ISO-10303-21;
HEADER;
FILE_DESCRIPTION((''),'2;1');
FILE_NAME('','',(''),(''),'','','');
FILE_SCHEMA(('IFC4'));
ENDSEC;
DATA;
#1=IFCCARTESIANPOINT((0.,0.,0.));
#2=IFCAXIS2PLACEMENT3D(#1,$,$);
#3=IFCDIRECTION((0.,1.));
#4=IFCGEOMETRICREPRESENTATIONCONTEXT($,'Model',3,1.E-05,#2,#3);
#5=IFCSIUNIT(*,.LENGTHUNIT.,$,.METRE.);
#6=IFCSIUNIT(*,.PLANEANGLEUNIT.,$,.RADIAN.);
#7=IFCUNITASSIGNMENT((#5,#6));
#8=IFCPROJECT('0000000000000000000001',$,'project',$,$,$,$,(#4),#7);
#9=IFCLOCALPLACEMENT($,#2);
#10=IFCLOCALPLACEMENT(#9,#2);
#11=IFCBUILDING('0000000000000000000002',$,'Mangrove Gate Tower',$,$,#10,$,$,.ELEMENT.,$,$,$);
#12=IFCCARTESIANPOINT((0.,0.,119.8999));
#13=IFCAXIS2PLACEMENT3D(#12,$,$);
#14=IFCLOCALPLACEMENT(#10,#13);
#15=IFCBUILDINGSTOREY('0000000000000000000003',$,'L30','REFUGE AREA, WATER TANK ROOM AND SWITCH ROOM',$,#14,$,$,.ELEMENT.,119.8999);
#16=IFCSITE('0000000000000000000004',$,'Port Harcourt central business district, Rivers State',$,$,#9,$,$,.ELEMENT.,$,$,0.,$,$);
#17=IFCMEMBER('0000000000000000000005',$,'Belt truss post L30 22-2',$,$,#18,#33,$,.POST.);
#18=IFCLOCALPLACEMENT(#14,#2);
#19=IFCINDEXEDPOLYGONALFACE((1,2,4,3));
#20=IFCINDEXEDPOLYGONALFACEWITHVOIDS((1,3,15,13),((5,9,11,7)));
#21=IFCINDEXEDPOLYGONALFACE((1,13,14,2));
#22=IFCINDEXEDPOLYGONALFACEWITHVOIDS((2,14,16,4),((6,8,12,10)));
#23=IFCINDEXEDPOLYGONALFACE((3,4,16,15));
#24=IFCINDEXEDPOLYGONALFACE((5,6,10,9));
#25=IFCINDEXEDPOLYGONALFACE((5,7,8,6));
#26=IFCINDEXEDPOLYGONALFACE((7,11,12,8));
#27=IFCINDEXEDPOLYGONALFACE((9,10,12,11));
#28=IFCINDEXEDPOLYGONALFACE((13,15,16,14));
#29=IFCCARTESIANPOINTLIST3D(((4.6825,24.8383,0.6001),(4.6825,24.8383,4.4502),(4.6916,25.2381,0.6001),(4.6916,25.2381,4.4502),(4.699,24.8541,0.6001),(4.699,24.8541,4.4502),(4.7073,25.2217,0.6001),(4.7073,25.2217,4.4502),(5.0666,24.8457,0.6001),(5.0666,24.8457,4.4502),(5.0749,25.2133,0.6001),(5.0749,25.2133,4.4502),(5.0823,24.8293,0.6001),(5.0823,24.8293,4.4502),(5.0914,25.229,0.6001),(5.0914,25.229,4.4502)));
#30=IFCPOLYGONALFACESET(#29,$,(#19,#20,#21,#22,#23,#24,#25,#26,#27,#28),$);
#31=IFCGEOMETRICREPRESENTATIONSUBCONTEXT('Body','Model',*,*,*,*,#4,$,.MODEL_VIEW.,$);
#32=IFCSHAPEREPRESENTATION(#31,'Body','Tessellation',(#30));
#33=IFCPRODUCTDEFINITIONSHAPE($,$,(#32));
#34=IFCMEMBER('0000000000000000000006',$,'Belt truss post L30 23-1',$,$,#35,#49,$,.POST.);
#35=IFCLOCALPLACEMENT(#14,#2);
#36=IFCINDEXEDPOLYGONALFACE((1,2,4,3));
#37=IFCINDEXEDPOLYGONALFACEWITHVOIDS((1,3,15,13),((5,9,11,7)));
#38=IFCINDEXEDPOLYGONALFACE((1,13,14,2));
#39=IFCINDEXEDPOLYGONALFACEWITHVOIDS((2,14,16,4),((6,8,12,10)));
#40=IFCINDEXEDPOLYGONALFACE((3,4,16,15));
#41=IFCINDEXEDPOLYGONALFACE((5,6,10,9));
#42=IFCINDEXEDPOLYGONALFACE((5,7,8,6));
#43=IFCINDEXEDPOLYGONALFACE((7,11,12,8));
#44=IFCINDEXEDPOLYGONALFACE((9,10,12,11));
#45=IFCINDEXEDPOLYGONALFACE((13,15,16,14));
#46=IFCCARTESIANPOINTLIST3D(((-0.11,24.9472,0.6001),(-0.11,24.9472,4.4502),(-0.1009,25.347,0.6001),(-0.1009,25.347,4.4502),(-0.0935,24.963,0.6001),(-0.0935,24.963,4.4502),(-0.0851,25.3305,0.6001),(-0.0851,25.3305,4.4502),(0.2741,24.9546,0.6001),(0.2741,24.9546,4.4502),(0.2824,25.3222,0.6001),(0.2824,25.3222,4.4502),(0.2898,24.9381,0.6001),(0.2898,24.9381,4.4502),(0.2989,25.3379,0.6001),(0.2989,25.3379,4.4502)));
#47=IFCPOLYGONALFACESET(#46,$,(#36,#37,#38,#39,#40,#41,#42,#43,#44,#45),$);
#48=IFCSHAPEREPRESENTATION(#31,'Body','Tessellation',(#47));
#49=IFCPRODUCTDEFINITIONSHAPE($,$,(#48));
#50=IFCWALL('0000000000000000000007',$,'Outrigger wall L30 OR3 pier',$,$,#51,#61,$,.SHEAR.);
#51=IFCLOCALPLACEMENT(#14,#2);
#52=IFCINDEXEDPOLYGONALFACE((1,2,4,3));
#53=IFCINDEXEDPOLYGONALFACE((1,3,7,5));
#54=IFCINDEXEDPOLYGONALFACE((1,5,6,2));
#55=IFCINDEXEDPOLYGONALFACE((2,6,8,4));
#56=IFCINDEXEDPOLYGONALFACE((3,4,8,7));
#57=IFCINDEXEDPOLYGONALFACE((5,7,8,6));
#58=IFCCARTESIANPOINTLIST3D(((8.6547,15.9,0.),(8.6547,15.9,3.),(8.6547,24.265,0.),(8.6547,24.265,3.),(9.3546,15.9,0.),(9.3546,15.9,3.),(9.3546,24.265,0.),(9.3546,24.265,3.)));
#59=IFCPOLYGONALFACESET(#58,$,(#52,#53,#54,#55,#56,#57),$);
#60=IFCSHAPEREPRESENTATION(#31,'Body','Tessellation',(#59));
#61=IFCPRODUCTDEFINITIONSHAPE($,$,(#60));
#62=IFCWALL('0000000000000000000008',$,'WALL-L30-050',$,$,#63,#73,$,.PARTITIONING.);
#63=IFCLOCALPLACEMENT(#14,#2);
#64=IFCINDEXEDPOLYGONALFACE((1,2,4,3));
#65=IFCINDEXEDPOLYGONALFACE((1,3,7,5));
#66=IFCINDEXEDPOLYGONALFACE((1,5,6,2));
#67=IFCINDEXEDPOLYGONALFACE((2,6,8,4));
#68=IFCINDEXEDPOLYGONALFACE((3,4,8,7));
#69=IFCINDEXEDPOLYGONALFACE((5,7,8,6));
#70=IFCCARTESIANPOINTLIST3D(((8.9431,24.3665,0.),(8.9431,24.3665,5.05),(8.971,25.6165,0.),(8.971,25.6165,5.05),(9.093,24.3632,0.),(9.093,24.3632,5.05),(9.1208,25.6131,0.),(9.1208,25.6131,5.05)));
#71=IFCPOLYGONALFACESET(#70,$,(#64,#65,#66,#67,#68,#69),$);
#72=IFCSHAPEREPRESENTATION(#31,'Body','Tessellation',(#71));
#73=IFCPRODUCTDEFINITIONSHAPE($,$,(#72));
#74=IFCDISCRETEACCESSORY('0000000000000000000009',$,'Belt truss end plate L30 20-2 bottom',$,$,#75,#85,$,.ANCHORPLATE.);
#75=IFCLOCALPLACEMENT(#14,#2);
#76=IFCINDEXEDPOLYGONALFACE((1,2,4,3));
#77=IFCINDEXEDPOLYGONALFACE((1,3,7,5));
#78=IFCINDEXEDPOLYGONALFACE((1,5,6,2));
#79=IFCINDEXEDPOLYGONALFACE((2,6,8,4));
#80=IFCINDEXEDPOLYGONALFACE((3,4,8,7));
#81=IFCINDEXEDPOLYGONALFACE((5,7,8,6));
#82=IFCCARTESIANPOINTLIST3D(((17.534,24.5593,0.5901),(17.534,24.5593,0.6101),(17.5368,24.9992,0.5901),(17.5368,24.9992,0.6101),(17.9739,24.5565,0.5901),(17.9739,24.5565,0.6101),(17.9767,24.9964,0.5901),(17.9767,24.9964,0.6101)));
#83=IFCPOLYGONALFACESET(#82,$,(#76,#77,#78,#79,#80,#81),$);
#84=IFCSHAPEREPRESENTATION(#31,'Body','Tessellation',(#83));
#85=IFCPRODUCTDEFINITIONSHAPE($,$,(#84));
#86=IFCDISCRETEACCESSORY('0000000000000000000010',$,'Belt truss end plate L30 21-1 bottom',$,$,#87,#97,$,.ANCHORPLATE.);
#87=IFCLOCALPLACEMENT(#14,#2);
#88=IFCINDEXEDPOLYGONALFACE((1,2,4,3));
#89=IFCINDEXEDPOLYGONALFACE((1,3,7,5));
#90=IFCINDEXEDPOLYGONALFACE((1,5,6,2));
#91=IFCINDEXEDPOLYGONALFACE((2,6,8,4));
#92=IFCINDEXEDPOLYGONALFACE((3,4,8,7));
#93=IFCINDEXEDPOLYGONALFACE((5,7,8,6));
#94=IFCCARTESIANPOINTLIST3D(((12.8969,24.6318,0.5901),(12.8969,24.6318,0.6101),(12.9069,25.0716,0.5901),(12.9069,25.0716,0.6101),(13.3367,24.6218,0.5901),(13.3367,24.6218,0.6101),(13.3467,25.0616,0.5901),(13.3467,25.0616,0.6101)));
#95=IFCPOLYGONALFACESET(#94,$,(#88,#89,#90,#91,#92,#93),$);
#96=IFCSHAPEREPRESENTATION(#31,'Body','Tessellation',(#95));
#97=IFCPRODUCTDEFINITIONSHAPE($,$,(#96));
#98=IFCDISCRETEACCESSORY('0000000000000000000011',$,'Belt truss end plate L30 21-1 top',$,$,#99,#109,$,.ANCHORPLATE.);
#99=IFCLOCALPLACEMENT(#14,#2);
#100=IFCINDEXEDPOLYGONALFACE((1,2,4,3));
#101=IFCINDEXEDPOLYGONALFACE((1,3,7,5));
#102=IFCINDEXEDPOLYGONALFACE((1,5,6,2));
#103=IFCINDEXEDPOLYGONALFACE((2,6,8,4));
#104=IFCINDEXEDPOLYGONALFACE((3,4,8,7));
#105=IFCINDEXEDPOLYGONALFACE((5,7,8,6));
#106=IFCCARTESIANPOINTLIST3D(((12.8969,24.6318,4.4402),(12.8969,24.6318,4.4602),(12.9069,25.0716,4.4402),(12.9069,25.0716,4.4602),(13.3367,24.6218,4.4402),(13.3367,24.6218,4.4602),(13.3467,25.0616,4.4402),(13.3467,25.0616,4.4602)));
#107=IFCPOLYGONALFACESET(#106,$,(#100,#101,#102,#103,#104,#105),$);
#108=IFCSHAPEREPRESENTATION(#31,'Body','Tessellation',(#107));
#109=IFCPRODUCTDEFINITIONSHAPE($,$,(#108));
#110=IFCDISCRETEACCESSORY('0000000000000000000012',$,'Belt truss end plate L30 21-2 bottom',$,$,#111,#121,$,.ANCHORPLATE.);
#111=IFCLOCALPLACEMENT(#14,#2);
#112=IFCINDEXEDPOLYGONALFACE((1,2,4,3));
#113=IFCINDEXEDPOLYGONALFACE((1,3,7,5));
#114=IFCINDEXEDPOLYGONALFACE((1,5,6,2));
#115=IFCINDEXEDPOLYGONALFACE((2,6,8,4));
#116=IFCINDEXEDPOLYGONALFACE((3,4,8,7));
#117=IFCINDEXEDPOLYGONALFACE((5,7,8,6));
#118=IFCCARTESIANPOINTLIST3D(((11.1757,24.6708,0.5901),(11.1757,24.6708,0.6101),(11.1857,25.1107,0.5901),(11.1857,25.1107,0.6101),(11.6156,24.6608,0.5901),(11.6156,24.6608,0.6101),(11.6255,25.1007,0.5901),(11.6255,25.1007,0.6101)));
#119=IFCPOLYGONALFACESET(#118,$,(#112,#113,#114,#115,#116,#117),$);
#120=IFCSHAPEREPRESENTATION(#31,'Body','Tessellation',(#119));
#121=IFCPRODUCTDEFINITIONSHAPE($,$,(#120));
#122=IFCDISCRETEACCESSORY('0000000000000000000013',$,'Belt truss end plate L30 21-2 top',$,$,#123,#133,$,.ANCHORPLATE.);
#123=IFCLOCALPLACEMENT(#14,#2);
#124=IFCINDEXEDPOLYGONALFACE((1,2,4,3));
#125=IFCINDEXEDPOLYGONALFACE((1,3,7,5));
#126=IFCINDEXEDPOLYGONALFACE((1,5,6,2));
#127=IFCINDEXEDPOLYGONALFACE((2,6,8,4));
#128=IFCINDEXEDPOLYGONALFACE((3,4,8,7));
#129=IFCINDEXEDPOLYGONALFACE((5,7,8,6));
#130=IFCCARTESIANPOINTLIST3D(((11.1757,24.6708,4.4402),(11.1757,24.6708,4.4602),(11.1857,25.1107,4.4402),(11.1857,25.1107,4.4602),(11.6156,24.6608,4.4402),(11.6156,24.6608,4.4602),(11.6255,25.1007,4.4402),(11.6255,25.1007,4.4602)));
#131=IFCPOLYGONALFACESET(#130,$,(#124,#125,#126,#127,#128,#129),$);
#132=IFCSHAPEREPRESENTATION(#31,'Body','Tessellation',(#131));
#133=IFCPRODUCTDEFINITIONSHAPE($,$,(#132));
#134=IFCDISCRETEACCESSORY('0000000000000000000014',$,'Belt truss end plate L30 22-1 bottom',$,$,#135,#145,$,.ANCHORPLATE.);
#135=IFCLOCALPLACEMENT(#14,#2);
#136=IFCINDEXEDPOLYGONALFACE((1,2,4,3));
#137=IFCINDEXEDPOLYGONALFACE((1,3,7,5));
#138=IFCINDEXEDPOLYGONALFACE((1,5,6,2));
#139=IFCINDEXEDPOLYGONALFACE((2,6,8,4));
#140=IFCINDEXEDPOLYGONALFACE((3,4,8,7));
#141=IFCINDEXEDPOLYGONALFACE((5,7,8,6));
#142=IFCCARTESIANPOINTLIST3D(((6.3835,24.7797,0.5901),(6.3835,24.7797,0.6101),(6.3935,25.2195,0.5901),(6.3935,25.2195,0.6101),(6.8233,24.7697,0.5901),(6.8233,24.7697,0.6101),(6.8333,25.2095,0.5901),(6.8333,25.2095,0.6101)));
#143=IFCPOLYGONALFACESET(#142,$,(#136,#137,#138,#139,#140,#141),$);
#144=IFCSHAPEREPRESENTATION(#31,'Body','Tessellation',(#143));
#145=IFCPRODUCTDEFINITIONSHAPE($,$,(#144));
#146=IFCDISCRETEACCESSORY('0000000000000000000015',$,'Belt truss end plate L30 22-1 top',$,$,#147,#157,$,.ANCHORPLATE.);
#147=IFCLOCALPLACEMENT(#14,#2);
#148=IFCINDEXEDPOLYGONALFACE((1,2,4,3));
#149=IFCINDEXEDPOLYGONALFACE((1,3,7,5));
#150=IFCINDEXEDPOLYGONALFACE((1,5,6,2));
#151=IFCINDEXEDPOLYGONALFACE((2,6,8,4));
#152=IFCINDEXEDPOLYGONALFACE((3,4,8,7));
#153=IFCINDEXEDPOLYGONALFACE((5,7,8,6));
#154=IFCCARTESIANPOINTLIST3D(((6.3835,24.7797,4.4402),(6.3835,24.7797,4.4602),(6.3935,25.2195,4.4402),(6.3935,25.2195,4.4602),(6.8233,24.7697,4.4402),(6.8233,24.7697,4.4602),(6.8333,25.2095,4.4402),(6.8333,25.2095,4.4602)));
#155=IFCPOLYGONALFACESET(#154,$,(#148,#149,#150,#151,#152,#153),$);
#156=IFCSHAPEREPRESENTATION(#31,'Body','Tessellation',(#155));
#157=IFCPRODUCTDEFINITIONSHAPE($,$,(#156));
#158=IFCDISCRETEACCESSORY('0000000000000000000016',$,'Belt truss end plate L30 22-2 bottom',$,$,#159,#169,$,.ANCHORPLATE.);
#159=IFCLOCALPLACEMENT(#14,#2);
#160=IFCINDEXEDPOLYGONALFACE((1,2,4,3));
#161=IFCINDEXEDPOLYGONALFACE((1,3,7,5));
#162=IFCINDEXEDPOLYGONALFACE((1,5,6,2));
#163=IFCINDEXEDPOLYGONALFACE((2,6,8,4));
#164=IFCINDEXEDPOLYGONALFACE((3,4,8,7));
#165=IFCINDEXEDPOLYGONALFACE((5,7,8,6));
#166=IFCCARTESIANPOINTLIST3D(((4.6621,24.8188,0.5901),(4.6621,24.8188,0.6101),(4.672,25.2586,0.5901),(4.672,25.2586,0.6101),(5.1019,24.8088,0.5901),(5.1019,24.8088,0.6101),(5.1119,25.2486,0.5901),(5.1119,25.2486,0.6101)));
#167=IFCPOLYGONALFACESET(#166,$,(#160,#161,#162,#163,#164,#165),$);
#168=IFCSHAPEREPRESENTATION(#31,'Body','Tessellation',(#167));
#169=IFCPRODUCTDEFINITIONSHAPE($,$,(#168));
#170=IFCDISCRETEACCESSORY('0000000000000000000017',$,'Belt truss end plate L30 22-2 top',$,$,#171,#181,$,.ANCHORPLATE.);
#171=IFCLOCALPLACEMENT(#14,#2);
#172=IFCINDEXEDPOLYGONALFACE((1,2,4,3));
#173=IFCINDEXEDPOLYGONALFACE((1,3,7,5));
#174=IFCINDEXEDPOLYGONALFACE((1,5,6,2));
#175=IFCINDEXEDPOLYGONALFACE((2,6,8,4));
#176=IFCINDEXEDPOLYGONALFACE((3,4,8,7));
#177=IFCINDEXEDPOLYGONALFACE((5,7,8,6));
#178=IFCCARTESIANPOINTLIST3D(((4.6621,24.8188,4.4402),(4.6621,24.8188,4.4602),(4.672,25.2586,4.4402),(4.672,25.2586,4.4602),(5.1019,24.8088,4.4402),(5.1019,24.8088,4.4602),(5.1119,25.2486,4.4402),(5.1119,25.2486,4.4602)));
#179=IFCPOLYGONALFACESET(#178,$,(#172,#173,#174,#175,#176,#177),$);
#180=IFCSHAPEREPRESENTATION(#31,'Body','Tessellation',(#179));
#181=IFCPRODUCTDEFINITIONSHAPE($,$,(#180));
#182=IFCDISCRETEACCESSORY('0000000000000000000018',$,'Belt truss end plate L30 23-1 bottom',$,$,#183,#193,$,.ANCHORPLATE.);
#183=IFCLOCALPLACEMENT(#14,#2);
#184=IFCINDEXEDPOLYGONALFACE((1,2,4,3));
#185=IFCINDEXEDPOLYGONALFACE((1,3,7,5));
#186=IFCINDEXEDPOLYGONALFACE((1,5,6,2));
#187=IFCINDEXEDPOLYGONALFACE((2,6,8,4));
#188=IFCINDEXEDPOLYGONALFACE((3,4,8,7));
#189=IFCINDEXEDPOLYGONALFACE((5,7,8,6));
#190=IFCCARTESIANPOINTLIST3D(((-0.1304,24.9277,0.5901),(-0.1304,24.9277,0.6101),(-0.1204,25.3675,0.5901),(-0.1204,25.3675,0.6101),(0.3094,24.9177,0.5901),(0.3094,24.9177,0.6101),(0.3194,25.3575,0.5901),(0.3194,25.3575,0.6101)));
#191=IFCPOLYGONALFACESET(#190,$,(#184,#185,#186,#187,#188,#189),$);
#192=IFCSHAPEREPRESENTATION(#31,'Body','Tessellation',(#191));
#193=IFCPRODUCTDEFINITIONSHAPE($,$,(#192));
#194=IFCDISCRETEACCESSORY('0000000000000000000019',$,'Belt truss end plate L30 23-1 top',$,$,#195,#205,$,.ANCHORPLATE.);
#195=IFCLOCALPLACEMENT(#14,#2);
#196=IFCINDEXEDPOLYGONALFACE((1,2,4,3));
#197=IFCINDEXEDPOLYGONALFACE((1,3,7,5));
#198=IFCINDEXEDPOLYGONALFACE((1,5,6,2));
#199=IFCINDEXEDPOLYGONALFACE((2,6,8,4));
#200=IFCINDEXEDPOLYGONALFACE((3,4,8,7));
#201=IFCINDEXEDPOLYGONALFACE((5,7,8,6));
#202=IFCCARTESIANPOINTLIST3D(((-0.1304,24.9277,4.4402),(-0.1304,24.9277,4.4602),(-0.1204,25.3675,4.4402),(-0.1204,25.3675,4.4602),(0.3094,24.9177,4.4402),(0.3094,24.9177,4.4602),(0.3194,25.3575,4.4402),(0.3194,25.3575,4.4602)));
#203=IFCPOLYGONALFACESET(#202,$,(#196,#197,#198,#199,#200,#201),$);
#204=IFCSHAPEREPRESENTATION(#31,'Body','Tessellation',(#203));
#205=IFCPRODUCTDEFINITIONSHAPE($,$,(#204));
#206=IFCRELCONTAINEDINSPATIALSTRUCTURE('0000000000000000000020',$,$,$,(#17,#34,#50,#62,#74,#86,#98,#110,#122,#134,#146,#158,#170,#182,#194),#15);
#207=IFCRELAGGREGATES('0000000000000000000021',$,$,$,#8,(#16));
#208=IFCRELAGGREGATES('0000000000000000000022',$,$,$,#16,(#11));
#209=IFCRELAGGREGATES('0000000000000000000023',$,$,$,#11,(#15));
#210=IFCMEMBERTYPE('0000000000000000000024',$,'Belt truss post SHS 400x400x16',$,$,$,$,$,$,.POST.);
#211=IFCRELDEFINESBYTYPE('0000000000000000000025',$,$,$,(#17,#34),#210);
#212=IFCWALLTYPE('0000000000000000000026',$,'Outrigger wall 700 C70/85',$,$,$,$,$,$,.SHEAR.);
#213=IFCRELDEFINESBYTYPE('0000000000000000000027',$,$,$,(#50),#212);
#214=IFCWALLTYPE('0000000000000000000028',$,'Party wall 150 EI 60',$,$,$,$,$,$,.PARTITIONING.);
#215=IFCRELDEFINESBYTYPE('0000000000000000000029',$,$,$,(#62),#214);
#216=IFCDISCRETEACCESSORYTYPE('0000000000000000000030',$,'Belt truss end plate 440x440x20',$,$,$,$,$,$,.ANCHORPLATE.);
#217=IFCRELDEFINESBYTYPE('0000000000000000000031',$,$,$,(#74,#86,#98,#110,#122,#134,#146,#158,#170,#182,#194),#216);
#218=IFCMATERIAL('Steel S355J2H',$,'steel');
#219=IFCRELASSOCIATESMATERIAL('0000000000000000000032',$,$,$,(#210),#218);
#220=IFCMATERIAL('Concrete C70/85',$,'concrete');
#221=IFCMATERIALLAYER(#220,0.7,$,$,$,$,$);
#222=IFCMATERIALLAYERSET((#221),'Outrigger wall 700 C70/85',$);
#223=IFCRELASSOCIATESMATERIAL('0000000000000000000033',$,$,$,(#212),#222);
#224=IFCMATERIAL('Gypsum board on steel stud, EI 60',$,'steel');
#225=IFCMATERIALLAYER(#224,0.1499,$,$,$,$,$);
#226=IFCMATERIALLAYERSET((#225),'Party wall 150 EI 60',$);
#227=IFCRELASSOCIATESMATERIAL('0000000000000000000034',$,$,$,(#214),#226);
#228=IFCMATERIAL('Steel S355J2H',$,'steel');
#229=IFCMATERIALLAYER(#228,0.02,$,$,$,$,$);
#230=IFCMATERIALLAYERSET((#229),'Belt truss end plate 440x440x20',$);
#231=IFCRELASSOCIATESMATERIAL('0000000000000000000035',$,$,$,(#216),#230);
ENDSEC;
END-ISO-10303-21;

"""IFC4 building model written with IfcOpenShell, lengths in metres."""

from ifc_helpers import new_model, si_unit, direction, frame, frame_2d, origin, origin_2d, place, context, subcontext, project, spatial, rectangle, hollow_rectangle, extrude, material, layer, layer_set, material_profile, profile_set, type_object, element, save


model = new_model("IFC4")

# Units and contexts
model_context = context("Model", 3, precision=1e-05, world=origin(), true_north=direction((0.0, 1.0)))
body_context = subcontext(model_context, "Body", "Model", "MODEL_VIEW")
ifc_project = project(units=[si_unit("LENGTHUNIT", "METRE"), si_unit("PLANEANGLEUNIT", "RADIAN")], contexts=[model_context])

# Site, building, storey
site_placement = place(None, origin())
site = spatial("IfcSite", under=ifc_project, at=site_placement, Name="Port Harcourt central business district, Rivers State", CompositionType="ELEMENT", RefElevation=0.0)
building_placement = place(site_placement, origin())
building = spatial("IfcBuilding", under=site, at=building_placement, Name="Mangrove Gate Tower", CompositionType="ELEMENT")
storey_placement = place(building_placement, frame((0.0, 0.0, 119.8999)))
storey = spatial("IfcBuildingStorey", under=building, at=storey_placement, Name="L30", Description="REFUGE AREA, WATER TANK ROOM AND SWITCH ROOM", CompositionType="ELEMENT", Elevation=119.8999)

# Members
ifc_material_1 = material(Name="Steel S355J2H", Category="steel")
ifc_material_profile_1 = material_profile(ifc_material_1, hollow_rectangle(XDim=0.3999, YDim=0.3999, WallThickness=0.0161, at=origin_2d()))
ifc_profile_set_1 = profile_set([ifc_material_profile_1], Name="Steel S355J2H")
member_type_1 = type_object("IfcMemberType", Name="Belt truss post SHS 400x400x16", PredefinedType="POST", material=ifc_profile_set_1)
for number, where, z_axis, x_axis, name in (
    (1, (4.887, 25.0337, 0.6001), (0.0, 0.0, 1.0), (-0.999742, 0.022714, 0.0), "Belt truss post L30 22-2"),
    (2, (0.0945, 25.1426, 0.6001), (0.0, 0.0, 1.0), (-0.999742, 0.022714, 0.0), "Belt truss post L30 23-1"),
):
    element("IfcMember", number, at=place(storey_placement, frame(where, z_axis=z_axis, x_axis=x_axis)), inside=storey, type_object=member_type_1, Name=name, PredefinedType="POST", context=body_context, shape_type="SweptSolid", body=[
        extrude(hollow_rectangle(XDim=0.3999, YDim=0.3999, WallThickness=0.0161, at=origin_2d()), origin(), (0.0, 0.0, 1.0), 3.8501),
    ])

# Walls
ifc_material_2 = material(Name="Concrete C70/85", Category="concrete")
ifc_layer_1 = layer(ifc_material_2, 0.7)
ifc_layer_set_1 = layer_set([ifc_layer_1], Name="Outrigger wall 700 C70/85")
wall_type_1 = type_object("IfcWallType", Name="Outrigger wall 700 C70/85", PredefinedType="SHEAR", material=ifc_layer_set_1)
wall_1_placement = place(storey_placement, frame((9.0046, 15.8999, 0.0), z_axis=(0.0, 0.0, 1.0), x_axis=(0.0, 1.0, 0.0)))
element("IfcWall", 3, at=wall_1_placement, inside=storey, type_object=wall_type_1, Name="Outrigger wall L30 OR3 pier", PredefinedType="SHEAR", context=body_context, shape_type="SweptSolid", body=[
    extrude(rectangle(XDim=8.365, YDim=0.7, at=frame_2d((4.1826, 0.0))), origin(), (0.0, 0.0, 1.0), 3.0),
])
ifc_material_3 = material(Name="Gypsum board on steel stud, EI 60", Category="steel")
ifc_layer_2 = layer(ifc_material_3, 0.1499)
ifc_layer_set_2 = layer_set([ifc_layer_2], Name="Party wall 150 EI 60")
wall_type_2 = type_object("IfcWallType", Name="Party wall 150 EI 60", PredefinedType="PARTITIONING", material=ifc_layer_set_2)
wall_2_placement = place(storey_placement, frame((9.0181, 24.365, 0.0), z_axis=(0.0, 0.0, 1.0), x_axis=(0.02226, 0.999752, 0.0)))
element("IfcWall", 4, at=wall_2_placement, inside=storey, type_object=wall_type_2, Name="WALL-L30-050", PredefinedType="PARTITIONING", context=body_context, shape_type="SweptSolid", body=[
    extrude(rectangle(XDim=1.2502, YDim=0.1499, at=frame_2d((0.625, 0.0))), origin(), (0.0, 0.0, 1.0), 5.05),
])

# Discrete accessories
ifc_material_4 = material(Name="Steel S355J2H", Category="steel")
ifc_layer_3 = layer(ifc_material_4, 0.02)
ifc_layer_set_3 = layer_set([ifc_layer_3], Name="Belt truss end plate 440x440x20")
discrete_accessory_type = type_object("IfcDiscreteAccessoryType", Name="Belt truss end plate 440x440x20", PredefinedType="ANCHORPLATE", material=ifc_layer_set_3)
for number, where, z_axis, x_axis, name in (
    (5, (17.7554, 24.7778, 0.5901), (0.0, 0.0, 1.0), (-0.99998, 0.006374, 0.0), "Belt truss end plate L30 20-2 bottom"),
    (6, (13.1218, 24.8467, 0.5901), (0.0, 0.0, 1.0), (-0.999742, 0.022718, 0.0), "Belt truss end plate L30 21-1 bottom"),
    (7, (13.1218, 24.8467, 4.4402), (0.0, 0.0, 1.0), (-0.999742, 0.022718, 0.0), "Belt truss end plate L30 21-1 top"),
    (8, (11.4006, 24.8857, 0.5901), (0.0, 0.0, 1.0), (-0.999742, 0.022718, 0.0), "Belt truss end plate L30 21-2 bottom"),
    (9, (11.4006, 24.8857, 4.4402), (0.0, 0.0, 1.0), (-0.999742, 0.022718, 0.0), "Belt truss end plate L30 21-2 top"),
    (10, (6.6084, 24.9946, 0.5901), (0.0, 0.0, 1.0), (-0.999742, 0.022714, 0.0), "Belt truss end plate L30 22-1 bottom"),
    (11, (6.6084, 24.9946, 4.4402), (0.0, 0.0, 1.0), (-0.999742, 0.022714, 0.0), "Belt truss end plate L30 22-1 top"),
    (12, (4.887, 25.0337, 0.5901), (0.0, 0.0, 1.0), (-0.999742, 0.022714, 0.0), "Belt truss end plate L30 22-2 bottom"),
    (13, (4.887, 25.0337, 4.4402), (0.0, 0.0, 1.0), (-0.999742, 0.022714, 0.0), "Belt truss end plate L30 22-2 top"),
    (14, (0.0945, 25.1426, 0.5901), (0.0, 0.0, 1.0), (-0.999742, 0.022714, 0.0), "Belt truss end plate L30 23-1 bottom"),
    (15, (0.0945, 25.1426, 4.4402), (0.0, 0.0, 1.0), (-0.999742, 0.022714, 0.0), "Belt truss end plate L30 23-1 top"),
):
    element("IfcDiscreteAccessory", number, at=place(storey_placement, frame(where, z_axis=z_axis, x_axis=x_axis)), inside=storey, type_object=discrete_accessory_type, Name=name, PredefinedType="ANCHORPLATE", context=body_context, shape_type="SweptSolid", body=[
        extrude(rectangle(XDim=0.4399, YDim=0.4399, at=origin_2d()), origin(), (0.0, 0.0, 1.0), 0.02),
    ])

save(model, "model.ifc")
